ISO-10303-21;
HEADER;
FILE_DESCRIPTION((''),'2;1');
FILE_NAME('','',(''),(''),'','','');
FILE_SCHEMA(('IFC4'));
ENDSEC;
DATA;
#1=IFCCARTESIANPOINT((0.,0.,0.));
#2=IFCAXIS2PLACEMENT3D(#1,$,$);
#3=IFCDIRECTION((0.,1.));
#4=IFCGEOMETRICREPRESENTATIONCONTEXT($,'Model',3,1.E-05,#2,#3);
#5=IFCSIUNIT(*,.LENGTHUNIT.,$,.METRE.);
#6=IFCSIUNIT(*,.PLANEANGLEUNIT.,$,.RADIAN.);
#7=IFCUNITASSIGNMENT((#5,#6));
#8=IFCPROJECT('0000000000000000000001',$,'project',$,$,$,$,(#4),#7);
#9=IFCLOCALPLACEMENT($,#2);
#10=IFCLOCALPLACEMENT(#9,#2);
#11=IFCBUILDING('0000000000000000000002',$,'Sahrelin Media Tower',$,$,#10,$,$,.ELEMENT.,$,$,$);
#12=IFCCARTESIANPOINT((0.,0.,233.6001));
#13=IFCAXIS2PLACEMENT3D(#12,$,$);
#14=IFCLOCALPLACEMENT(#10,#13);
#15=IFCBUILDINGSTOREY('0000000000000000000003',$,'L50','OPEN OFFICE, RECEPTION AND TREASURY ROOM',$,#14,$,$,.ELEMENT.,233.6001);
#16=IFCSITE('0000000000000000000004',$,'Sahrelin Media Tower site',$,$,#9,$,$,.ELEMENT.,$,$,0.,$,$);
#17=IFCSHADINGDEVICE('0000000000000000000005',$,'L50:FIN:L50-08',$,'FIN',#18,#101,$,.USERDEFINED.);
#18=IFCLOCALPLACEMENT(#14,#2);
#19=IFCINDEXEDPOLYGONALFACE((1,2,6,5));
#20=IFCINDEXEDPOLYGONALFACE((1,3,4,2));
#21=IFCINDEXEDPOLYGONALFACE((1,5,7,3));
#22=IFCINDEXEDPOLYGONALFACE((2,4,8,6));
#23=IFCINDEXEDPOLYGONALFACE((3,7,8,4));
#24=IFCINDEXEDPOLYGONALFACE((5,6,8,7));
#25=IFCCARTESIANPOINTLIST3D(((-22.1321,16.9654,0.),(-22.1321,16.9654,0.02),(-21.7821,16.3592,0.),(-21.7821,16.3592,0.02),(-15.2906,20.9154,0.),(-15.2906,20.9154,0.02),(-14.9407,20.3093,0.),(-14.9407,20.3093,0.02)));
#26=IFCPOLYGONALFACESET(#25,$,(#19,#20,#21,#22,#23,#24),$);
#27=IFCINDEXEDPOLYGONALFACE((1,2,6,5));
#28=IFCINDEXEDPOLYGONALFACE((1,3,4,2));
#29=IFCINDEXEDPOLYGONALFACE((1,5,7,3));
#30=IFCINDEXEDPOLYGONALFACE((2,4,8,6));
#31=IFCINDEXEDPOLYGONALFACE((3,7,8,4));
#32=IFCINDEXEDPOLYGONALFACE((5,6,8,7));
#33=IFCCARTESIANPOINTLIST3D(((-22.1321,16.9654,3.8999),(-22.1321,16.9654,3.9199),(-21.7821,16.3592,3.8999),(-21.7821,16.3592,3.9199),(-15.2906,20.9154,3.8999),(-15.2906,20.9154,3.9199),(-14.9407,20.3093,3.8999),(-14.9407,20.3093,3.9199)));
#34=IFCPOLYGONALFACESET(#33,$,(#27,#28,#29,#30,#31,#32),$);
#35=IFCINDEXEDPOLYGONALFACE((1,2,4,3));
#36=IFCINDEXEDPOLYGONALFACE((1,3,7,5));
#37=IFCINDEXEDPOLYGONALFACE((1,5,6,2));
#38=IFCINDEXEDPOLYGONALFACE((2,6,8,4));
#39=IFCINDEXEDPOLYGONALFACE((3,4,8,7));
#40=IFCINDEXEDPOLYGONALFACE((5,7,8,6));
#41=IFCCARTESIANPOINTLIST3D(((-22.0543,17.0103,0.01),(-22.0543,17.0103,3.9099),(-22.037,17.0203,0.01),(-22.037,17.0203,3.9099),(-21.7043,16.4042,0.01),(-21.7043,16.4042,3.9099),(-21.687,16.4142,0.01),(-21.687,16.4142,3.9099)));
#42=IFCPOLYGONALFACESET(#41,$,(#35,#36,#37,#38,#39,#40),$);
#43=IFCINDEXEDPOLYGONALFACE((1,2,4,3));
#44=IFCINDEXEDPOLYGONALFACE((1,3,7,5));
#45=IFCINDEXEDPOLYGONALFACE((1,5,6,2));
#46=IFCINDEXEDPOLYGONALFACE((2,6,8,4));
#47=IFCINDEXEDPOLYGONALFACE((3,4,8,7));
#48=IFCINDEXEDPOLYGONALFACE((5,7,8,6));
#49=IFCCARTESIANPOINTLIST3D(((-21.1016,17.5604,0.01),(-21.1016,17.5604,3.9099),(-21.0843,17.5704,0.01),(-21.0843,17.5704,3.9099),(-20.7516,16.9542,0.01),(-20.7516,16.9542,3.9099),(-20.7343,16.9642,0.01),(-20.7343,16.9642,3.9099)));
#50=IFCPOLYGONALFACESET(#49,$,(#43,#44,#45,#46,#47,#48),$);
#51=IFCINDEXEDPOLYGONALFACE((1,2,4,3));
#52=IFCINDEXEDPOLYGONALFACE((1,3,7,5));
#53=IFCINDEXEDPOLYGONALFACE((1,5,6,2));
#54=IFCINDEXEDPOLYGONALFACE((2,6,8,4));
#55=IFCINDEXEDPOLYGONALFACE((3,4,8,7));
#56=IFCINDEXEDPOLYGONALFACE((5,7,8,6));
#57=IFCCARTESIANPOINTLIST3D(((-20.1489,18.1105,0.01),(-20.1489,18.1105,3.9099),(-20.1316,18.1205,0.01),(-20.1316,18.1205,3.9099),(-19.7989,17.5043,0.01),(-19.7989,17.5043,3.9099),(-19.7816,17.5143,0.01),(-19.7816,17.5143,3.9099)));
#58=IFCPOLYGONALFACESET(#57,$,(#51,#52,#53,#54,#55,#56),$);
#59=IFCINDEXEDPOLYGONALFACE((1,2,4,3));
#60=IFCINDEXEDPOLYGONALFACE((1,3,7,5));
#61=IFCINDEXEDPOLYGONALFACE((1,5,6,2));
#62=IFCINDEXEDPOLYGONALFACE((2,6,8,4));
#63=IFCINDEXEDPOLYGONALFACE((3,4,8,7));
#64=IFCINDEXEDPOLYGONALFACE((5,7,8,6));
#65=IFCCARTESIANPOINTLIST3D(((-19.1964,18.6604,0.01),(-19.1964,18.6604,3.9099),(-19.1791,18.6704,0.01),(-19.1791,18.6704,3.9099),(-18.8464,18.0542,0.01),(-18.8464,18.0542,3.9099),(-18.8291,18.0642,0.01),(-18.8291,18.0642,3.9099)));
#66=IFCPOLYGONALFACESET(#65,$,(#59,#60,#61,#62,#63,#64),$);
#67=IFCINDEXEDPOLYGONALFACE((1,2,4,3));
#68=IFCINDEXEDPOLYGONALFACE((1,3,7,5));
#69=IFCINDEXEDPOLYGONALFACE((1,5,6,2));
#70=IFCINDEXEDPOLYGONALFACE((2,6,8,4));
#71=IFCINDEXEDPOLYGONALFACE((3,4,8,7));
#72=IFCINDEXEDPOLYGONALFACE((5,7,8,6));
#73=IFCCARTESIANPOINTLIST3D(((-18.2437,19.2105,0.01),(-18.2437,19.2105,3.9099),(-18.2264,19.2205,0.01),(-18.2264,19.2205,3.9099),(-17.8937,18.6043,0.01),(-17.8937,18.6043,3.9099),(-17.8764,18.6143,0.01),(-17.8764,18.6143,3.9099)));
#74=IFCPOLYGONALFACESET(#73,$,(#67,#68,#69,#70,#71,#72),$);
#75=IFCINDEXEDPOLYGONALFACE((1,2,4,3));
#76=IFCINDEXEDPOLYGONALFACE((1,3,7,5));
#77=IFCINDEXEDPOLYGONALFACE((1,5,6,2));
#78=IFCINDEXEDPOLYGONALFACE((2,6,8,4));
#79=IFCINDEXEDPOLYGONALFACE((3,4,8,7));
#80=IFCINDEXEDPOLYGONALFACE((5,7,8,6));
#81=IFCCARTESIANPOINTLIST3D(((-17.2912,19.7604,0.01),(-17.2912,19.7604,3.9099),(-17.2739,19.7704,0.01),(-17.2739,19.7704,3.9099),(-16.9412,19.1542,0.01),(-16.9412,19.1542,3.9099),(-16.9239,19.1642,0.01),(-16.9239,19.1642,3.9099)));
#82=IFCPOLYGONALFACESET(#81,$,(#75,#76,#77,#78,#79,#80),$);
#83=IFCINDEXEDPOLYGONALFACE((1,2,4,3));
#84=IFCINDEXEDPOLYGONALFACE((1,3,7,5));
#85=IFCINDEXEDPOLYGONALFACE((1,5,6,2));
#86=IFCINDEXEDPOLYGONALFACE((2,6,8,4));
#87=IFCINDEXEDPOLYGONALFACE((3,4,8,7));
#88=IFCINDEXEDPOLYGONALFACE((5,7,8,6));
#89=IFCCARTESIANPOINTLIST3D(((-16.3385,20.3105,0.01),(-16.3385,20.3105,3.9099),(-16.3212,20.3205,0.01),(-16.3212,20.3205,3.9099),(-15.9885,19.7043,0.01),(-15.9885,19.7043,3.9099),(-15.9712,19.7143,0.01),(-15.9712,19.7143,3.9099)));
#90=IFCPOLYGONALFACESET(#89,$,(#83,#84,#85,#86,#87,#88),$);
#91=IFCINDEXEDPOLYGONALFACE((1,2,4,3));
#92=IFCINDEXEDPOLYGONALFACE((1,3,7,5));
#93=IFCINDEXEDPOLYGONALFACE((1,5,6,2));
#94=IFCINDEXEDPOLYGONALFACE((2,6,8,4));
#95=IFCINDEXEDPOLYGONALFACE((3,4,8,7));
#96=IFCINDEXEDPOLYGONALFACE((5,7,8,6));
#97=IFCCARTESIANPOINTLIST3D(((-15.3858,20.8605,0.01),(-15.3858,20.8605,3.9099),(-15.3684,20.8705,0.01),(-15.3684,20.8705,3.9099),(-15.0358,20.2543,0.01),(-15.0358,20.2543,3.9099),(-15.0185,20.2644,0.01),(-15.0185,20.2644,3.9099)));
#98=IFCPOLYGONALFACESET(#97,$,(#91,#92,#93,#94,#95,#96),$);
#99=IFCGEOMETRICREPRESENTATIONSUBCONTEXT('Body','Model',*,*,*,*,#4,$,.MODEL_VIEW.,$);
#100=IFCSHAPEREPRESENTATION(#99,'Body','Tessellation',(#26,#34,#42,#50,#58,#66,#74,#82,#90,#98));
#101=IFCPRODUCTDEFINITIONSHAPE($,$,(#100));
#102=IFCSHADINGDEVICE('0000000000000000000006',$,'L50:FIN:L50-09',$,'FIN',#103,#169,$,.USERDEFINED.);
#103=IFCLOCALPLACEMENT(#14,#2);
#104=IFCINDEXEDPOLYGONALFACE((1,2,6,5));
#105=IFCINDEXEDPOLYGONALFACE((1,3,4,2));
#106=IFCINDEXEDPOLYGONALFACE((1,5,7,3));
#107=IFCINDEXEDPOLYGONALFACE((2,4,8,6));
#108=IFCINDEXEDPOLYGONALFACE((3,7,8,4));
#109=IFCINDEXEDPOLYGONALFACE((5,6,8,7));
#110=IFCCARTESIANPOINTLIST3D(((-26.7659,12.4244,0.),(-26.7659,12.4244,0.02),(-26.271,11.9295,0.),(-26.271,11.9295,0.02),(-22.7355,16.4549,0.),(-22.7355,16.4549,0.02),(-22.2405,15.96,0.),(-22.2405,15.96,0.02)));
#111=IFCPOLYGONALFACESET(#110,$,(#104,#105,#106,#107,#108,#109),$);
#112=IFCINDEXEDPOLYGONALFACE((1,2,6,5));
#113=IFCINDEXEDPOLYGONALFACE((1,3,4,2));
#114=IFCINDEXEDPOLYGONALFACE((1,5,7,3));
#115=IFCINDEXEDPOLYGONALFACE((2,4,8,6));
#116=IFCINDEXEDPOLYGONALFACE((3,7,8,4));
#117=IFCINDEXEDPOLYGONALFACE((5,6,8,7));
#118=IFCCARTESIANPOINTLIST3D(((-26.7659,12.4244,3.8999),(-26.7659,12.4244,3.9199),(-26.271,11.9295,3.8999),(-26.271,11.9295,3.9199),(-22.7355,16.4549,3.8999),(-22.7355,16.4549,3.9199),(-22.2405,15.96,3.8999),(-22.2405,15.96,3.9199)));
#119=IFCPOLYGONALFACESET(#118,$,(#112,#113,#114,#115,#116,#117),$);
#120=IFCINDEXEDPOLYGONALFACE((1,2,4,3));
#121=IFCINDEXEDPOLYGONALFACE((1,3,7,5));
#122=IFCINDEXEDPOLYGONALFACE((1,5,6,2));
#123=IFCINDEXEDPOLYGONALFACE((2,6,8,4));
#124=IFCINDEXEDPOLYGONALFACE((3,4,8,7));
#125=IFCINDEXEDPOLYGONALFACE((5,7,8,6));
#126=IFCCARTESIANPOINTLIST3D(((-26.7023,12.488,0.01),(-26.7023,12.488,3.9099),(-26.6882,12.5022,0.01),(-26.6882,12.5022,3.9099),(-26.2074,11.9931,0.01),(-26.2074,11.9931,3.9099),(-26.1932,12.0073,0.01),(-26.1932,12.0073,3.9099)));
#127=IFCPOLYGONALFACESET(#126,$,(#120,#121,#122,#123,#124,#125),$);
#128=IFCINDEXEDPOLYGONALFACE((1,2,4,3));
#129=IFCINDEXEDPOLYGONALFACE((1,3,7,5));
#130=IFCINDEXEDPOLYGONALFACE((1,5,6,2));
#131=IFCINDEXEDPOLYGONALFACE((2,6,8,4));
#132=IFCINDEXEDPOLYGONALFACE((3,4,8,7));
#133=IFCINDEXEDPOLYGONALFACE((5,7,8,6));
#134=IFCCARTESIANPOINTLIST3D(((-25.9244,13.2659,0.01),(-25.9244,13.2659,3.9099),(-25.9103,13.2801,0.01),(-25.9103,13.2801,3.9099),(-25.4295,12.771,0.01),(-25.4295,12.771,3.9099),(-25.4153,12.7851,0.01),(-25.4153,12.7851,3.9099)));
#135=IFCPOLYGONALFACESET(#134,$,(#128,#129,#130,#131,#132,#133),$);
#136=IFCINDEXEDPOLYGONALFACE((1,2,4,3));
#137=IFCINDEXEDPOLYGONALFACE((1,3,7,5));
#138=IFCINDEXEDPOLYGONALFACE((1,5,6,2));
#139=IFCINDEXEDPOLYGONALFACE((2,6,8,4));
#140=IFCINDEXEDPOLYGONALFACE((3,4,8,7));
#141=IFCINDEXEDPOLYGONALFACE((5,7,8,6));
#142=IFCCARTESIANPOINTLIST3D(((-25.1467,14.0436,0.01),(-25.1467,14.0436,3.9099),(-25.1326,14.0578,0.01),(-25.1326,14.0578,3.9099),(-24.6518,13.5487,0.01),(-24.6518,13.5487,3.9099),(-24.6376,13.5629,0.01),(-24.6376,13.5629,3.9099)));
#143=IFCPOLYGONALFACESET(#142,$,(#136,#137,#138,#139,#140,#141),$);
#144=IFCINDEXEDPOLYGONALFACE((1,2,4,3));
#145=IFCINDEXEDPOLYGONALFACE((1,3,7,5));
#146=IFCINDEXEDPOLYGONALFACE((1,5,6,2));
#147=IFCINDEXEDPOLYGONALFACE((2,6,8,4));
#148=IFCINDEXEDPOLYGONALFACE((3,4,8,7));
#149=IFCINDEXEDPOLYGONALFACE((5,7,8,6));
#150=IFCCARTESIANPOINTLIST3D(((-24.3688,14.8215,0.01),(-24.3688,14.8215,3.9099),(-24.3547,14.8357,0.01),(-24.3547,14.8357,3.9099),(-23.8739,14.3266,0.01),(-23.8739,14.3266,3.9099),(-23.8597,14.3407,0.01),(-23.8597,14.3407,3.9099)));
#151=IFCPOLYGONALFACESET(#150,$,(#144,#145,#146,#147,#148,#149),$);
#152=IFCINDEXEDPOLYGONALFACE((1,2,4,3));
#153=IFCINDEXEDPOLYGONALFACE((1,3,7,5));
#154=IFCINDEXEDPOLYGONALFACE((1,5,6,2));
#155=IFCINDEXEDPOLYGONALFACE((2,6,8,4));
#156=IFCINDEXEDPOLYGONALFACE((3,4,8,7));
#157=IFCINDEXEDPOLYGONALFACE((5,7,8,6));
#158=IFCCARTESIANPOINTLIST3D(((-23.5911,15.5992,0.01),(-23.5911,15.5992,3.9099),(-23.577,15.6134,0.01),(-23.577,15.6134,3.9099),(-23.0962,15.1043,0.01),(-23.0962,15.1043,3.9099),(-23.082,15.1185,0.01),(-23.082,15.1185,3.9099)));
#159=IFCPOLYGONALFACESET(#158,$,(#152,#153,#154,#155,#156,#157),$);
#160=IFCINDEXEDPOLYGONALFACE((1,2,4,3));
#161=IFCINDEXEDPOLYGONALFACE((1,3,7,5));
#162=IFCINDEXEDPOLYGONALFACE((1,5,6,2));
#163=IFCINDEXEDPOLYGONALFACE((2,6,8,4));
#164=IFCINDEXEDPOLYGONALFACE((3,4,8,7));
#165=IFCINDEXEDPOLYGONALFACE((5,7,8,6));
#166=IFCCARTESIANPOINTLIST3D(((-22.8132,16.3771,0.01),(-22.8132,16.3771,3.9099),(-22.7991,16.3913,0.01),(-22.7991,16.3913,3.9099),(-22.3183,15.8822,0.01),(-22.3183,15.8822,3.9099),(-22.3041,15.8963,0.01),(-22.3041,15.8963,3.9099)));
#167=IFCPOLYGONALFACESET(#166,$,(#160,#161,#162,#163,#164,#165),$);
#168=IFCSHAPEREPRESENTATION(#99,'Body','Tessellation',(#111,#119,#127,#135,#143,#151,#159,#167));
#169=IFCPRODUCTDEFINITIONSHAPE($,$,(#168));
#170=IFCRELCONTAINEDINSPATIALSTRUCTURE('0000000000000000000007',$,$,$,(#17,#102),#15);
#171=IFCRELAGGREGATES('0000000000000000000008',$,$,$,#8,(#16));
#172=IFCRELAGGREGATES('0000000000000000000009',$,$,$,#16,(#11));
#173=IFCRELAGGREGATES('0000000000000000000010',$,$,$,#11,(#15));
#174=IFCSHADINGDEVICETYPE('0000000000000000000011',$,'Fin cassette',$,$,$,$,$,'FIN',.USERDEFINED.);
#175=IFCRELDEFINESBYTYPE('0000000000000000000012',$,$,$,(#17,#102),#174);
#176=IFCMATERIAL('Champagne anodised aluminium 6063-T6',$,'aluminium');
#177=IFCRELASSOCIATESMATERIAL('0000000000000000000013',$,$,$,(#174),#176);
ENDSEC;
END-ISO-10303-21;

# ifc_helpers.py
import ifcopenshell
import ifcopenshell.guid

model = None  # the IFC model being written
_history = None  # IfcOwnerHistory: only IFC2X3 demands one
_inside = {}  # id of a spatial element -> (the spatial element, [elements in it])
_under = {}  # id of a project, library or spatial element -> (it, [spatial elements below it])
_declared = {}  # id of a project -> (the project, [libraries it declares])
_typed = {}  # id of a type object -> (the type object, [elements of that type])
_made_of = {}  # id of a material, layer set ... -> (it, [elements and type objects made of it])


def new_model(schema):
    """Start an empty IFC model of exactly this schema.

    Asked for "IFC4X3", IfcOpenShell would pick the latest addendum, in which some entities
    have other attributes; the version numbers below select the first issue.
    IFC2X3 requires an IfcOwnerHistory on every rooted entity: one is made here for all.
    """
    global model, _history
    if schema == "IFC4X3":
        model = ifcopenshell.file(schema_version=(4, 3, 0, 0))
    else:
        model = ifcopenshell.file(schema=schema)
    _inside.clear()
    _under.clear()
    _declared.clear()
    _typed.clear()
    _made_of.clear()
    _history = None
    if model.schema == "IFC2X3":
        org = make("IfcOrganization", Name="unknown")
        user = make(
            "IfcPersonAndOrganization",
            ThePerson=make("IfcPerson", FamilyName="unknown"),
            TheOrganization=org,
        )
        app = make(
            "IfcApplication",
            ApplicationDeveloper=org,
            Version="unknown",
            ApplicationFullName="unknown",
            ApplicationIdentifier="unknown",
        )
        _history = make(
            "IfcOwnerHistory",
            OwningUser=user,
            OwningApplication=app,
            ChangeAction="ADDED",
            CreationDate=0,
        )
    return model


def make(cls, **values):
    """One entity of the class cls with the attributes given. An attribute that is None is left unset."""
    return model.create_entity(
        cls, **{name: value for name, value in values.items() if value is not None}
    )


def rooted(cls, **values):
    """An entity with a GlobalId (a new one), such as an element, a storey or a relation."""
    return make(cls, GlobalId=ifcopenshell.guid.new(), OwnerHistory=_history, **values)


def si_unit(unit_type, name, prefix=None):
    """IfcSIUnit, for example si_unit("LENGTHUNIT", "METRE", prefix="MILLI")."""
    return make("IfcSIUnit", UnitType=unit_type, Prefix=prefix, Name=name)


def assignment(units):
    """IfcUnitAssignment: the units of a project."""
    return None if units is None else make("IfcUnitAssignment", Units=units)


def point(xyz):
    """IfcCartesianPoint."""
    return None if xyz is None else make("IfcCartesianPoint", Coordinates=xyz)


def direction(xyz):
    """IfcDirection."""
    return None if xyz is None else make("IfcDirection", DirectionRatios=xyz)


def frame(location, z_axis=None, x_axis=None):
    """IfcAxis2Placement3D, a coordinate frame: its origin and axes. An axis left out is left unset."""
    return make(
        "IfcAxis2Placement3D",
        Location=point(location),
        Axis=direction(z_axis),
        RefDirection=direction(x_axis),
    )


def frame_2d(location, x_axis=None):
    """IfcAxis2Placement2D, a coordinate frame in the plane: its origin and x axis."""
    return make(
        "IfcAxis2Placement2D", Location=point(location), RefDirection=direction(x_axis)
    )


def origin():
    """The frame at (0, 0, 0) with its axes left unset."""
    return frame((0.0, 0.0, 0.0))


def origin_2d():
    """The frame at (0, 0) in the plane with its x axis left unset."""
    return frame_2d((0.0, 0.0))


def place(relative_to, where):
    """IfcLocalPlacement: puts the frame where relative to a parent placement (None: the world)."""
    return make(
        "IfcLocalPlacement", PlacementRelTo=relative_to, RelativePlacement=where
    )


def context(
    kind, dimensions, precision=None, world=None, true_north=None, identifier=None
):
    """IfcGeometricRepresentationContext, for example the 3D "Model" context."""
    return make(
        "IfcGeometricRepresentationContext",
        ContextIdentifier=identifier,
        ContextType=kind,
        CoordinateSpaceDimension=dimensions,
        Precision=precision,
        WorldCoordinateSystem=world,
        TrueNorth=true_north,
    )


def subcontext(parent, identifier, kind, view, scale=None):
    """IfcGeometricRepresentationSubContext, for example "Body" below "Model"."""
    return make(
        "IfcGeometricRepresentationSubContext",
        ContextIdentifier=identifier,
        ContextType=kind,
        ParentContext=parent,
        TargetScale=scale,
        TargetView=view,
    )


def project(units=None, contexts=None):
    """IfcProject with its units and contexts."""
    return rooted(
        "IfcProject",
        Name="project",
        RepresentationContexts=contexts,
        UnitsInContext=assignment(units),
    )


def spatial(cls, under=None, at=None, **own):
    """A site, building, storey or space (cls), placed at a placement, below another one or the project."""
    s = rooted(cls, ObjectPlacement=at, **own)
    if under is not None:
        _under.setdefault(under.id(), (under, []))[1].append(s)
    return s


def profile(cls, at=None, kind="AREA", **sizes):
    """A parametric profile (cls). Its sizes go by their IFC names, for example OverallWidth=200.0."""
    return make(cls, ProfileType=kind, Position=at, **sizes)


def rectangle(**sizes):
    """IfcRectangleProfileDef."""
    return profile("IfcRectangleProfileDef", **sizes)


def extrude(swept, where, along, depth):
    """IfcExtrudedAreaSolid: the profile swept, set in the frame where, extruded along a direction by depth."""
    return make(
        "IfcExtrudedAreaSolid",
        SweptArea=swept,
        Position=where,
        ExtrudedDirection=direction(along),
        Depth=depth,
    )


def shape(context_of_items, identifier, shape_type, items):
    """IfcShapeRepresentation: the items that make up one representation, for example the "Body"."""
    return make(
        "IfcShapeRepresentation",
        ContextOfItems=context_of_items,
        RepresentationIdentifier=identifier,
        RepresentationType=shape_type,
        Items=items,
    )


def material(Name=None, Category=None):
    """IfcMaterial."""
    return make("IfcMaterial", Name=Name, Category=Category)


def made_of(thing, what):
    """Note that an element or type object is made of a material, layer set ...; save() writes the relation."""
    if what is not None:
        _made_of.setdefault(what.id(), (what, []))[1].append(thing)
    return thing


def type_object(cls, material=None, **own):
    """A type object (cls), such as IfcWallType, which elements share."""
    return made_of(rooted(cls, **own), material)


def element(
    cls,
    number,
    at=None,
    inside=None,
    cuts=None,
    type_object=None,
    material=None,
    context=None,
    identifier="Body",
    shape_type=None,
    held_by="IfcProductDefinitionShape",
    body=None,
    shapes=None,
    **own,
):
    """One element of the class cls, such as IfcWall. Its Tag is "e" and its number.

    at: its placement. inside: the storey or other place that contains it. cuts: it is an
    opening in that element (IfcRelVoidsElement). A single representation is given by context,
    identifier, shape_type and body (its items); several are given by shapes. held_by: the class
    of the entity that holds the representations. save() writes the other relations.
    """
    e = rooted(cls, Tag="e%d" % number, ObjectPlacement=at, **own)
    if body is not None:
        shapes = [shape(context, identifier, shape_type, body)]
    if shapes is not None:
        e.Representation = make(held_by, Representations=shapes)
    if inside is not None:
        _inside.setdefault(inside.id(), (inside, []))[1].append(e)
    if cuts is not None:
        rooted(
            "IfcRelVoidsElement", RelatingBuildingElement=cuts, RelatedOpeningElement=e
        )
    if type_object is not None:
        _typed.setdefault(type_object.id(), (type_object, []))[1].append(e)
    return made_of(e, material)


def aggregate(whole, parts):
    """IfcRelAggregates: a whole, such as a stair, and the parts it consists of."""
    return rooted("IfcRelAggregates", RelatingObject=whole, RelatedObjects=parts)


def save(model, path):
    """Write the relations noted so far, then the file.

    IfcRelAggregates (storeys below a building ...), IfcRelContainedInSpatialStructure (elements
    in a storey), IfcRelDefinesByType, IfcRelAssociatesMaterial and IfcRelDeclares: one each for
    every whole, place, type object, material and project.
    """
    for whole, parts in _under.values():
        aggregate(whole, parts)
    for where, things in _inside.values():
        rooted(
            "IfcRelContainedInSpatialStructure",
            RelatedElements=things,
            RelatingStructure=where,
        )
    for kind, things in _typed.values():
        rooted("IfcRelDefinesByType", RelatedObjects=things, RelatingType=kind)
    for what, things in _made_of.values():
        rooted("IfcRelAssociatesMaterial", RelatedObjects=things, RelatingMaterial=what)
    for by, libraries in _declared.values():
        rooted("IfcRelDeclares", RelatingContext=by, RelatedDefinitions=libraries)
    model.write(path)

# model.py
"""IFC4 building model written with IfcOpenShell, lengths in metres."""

from ifc_helpers import new_model, si_unit, direction, frame, origin, origin_2d, place, context, subcontext, project, spatial, rectangle, extrude, material, type_object, element, save


model = new_model("IFC4")

# Units and contexts
model_context = context("Model", 3, precision=1e-05, world=origin(), true_north=direction((0.0, 1.0)))
body_context = subcontext(model_context, "Body", "Model", "MODEL_VIEW")
ifc_project = project(units=[si_unit("LENGTHUNIT", "METRE"), si_unit("PLANEANGLEUNIT", "RADIAN")], contexts=[model_context])

# Site, building, storey
site_placement = place(None, origin())
site = spatial("IfcSite", under=ifc_project, at=site_placement, Name="Sahrelin Media Tower site", CompositionType="ELEMENT", RefElevation=0.0)
building_placement = place(site_placement, origin())
building = spatial("IfcBuilding", under=site, at=building_placement, Name="Sahrelin Media Tower", CompositionType="ELEMENT")
storey_placement = place(building_placement, frame((0.0, 0.0, 233.6001)))
storey = spatial("IfcBuildingStorey", under=building, at=storey_placement, Name="L50", Description="OPEN OFFICE, RECEPTION AND TREASURY ROOM", CompositionType="ELEMENT", Elevation=233.6001)

# Shared definitions
ifc_material_1 = material(Name="Champagne anodised aluminium 6063-T6", Category="aluminium")

# Shading devices
shading_device_type_1 = type_object("IfcShadingDeviceType", Name="Fin cassette", ElementType="FIN", PredefinedType="USERDEFINED", material=ifc_material_1)
placement_1 = place(storey_placement, frame((-18.3264, 18.2737, 0.0), z_axis=(0.0, 0.0, 1.0), x_axis=(0.866019, 0.500011, 0.0)))
element("IfcShadingDevice", 1, at=placement_1, inside=storey, type_object=shading_device_type_1, Name="L50:FIN:L50-08", ObjectType="FIN", PredefinedType="USERDEFINED", context=body_context, shape_type="SweptSolid", body=[
    extrude(rectangle(XDim=7.8999, YDim=0.7, at=origin_2d()), frame((0.0, 0.4199, 0.0)), (0.0, 0.0, 1.0), 0.02),
    extrude(rectangle(XDim=7.8999, YDim=0.7, at=origin_2d()), frame((0.0, 0.4199, 3.8999)), (0.0, 0.0, 1.0), 0.02),
    extrude(rectangle(XDim=0.02, YDim=0.7, at=origin_2d()), frame((-3.8501, 0.4199, 0.01), z_axis=(0.0, 0.0, 1.0), x_axis=(1.0, 0.0, 0.0)), (0.0, 0.0, 1.0), 3.8999),
    extrude(rectangle(XDim=0.02, YDim=0.7, at=origin_2d()), frame((-2.75, 0.4199, 0.01), z_axis=(0.0, 0.0, 1.0), x_axis=(1.0, 0.0, 0.0)), (0.0, 0.0, 1.0), 3.8999),
    extrude(rectangle(XDim=0.02, YDim=0.7, at=origin_2d()), frame((-1.6499, 0.4199, 0.01), z_axis=(0.0, 0.0, 1.0), x_axis=(1.0, 0.0, 0.0)), (0.0, 0.0, 1.0), 3.8999),
    extrude(rectangle(XDim=0.02, YDim=0.7, at=origin_2d()), frame((-0.55, 0.4199, 0.01), z_axis=(0.0, 0.0, 1.0), x_axis=(1.0, 0.0, 0.0)), (0.0, 0.0, 1.0), 3.8999),
    extrude(rectangle(XDim=0.02, YDim=0.7, at=origin_2d()), frame((0.55, 0.4199, 0.01), z_axis=(0.0, 0.0, 1.0), x_axis=(1.0, 0.0, 0.0)), (0.0, 0.0, 1.0), 3.8999),
    extrude(rectangle(XDim=0.02, YDim=0.7, at=origin_2d()), frame((1.6499, 0.4199, 0.01), z_axis=(0.0, 0.0, 1.0), x_axis=(1.0, 0.0, 0.0)), (0.0, 0.0, 1.0), 3.8999),
    extrude(rectangle(XDim=0.02, YDim=0.7, at=origin_2d()), frame((2.75, 0.4199, 0.01), z_axis=(0.0, 0.0, 1.0), x_axis=(1.0, 0.0, 0.0)), (0.0, 0.0, 1.0), 3.8999),
    extrude(rectangle(XDim=0.02, YDim=0.7, at=origin_2d()), frame((3.8501, 0.4199, 0.01), z_axis=(0.0, 0.0, 1.0), x_axis=(1.0, 0.0, 0.0)), (0.0, 0.0, 1.0), 3.8999),
])
placement_2 = place(storey_placement, frame((-24.2063, 13.8953, 0.0), z_axis=(0.0, 0.0, 1.0), x_axis=(0.707107, 0.707107, 0.0)))
element("IfcShadingDevice", 2, at=placement_2, inside=storey, type_object=shading_device_type_1, Name="L50:FIN:L50-09", ObjectType="FIN", PredefinedType="USERDEFINED", context=body_context, shape_type="SweptSolid", body=[
    extrude(rectangle(XDim=5.7, YDim=0.7, at=origin_2d()), frame((0.0, 0.4199, 0.0)), (0.0, 0.0, 1.0), 0.02),
    extrude(rectangle(XDim=5.7, YDim=0.7, at=origin_2d()), frame((0.0, 0.4199, 3.8999)), (0.0, 0.0, 1.0), 0.02),
    extrude(rectangle(XDim=0.02, YDim=0.7, at=origin_2d()), frame((-2.75, 0.4199, 0.01), z_axis=(0.0, 0.0, 1.0), x_axis=(1.0, 0.0, 0.0)), (0.0, 0.0, 1.0), 3.8999),
    extrude(rectangle(XDim=0.02, YDim=0.7, at=origin_2d()), frame((-1.6499, 0.4199, 0.01), z_axis=(0.0, 0.0, 1.0), x_axis=(1.0, 0.0, 0.0)), (0.0, 0.0, 1.0), 3.8999),
    extrude(rectangle(XDim=0.02, YDim=0.7, at=origin_2d()), frame((-0.55, 0.4199, 0.01), z_axis=(0.0, 0.0, 1.0), x_axis=(1.0, 0.0, 0.0)), (0.0, 0.0, 1.0), 3.8999),
    extrude(rectangle(XDim=0.02, YDim=0.7, at=origin_2d()), frame((0.55, 0.4199, 0.01), z_axis=(0.0, 0.0, 1.0), x_axis=(1.0, 0.0, 0.0)), (0.0, 0.0, 1.0), 3.8999),
    extrude(rectangle(XDim=0.02, YDim=0.7, at=origin_2d()), frame((1.6499, 0.4199, 0.01), z_axis=(0.0, 0.0, 1.0), x_axis=(1.0, 0.0, 0.0)), (0.0, 0.0, 1.0), 3.8999),
    extrude(rectangle(XDim=0.02, YDim=0.7, at=origin_2d()), frame((2.75, 0.4199, 0.01), z_axis=(0.0, 0.0, 1.0), x_axis=(1.0, 0.0, 0.0)), (0.0, 0.0, 1.0), 3.8999),
])

save(model, "model.ifc")
